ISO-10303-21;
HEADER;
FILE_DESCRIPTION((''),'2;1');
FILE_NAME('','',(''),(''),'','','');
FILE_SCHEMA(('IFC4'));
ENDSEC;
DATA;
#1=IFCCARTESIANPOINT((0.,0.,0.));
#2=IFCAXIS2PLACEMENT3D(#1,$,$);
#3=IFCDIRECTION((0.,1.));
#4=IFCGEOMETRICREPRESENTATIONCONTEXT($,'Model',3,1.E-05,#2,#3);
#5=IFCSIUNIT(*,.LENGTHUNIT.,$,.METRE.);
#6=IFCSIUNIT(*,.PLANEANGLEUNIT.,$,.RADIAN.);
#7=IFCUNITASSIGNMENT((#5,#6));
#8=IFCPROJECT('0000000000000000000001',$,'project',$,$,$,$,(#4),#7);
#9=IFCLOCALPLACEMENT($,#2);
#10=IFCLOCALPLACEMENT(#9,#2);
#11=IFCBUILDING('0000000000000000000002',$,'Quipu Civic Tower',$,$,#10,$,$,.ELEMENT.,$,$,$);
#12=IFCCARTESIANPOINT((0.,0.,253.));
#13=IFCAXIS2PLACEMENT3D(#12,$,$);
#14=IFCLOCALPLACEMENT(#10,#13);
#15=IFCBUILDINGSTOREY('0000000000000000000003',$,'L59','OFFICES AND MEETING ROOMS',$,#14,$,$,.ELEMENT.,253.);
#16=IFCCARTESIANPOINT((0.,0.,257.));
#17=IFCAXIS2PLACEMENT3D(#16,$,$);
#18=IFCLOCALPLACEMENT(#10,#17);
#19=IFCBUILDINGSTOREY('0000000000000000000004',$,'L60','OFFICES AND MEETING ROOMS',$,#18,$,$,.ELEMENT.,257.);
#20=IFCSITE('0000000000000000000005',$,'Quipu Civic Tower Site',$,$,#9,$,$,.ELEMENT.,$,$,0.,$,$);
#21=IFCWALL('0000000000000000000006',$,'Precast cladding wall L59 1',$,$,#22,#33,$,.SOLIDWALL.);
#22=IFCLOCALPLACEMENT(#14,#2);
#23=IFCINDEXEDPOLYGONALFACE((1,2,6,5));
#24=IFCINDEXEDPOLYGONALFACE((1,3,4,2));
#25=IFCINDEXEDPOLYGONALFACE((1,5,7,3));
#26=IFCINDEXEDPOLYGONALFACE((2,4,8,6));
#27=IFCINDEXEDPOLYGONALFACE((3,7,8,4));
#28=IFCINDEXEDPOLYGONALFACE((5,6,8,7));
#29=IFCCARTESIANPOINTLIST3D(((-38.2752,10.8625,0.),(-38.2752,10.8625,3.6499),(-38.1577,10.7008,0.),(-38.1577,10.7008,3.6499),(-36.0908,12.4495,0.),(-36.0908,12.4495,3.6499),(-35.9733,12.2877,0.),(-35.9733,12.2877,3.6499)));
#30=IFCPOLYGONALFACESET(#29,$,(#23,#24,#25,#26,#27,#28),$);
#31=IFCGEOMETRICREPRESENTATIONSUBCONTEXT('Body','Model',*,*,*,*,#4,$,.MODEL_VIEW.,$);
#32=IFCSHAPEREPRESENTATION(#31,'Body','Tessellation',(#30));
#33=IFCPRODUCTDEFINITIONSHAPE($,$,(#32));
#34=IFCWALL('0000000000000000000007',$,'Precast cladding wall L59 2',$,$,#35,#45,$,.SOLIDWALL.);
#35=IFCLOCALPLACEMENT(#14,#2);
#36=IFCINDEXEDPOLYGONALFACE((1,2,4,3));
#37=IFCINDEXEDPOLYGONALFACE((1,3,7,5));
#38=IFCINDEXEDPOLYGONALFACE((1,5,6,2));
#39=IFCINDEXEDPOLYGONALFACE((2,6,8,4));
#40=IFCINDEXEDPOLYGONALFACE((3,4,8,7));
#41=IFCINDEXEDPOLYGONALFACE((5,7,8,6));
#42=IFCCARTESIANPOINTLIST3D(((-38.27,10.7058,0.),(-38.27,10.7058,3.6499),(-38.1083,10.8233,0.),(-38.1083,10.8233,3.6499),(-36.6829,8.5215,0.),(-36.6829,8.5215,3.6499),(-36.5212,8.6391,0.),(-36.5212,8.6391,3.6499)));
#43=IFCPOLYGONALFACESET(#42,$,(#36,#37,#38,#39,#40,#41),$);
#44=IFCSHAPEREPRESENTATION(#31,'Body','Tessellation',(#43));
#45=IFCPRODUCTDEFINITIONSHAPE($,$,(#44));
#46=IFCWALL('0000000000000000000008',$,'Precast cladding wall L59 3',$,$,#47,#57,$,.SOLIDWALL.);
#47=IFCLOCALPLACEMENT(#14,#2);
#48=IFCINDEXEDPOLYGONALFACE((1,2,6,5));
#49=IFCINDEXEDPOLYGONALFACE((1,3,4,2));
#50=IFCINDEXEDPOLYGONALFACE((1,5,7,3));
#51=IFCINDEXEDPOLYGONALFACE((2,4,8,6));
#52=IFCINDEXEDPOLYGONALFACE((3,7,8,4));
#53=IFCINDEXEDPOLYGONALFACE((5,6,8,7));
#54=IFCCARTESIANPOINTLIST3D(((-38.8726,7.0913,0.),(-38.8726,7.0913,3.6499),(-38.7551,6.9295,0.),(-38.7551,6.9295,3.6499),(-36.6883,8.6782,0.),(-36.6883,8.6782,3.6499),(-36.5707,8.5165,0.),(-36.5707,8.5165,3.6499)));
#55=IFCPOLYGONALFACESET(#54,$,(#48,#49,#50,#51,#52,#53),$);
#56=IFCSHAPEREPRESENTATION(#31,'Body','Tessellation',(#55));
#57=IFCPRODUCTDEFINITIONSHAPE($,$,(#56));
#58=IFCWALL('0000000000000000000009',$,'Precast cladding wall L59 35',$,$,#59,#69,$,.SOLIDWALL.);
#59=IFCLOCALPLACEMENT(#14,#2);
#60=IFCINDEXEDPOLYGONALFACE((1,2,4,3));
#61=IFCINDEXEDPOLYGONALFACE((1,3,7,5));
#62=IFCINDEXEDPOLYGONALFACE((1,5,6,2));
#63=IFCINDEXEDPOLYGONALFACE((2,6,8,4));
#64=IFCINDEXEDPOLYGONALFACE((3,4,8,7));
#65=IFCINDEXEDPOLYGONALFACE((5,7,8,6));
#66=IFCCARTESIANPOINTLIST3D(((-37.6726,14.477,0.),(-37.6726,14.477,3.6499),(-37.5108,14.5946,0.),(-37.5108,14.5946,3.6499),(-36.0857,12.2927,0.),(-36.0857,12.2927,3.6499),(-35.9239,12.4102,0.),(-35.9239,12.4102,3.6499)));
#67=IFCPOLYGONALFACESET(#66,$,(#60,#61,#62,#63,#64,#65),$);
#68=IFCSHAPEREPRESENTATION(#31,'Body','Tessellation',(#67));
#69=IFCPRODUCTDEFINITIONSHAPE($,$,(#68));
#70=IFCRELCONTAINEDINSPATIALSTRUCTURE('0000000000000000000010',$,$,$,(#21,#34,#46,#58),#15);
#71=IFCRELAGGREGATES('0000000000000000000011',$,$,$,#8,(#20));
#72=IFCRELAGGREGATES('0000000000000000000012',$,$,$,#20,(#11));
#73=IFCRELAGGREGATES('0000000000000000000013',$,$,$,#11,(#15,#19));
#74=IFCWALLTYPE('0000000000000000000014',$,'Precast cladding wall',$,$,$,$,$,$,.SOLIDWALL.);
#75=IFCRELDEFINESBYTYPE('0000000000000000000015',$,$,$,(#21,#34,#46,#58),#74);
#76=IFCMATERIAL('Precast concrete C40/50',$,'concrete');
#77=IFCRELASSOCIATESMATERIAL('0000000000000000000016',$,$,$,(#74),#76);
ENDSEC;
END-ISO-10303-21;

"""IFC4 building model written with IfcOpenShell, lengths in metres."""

from ifc_helpers import new_model, si_unit, direction, frame, frame_2d, origin, place, context, subcontext, project, spatial, rectangle, extrude, material, type_object, element, save


model = new_model("IFC4")

# Units and contexts
model_context = context("Model", 3, precision=1e-05, world=origin(), true_north=direction((0.0, 1.0)))
body_context = subcontext(model_context, "Body", "Model", "MODEL_VIEW")
ifc_project = project(units=[si_unit("LENGTHUNIT", "METRE"), si_unit("PLANEANGLEUNIT", "RADIAN")], contexts=[model_context])

# Site, building, storey
site_placement = place(None, origin())
site = spatial("IfcSite", under=ifc_project, at=site_placement, Name="Quipu Civic Tower Site", CompositionType="ELEMENT", RefElevation=0.0)
building_placement = place(site_placement, origin())
building = spatial("IfcBuilding", under=site, at=building_placement, Name="Quipu Civic Tower", CompositionType="ELEMENT")
storey_1_placement = place(building_placement, frame((0.0, 0.0, 253.0)))
storey_1 = spatial("IfcBuildingStorey", under=building, at=storey_1_placement, Name="L59", Description="OFFICES AND MEETING ROOMS", CompositionType="ELEMENT", Elevation=253.0)

# Shared definitions
storey_2_placement = place(building_placement, frame((0.0, 0.0, 257.0)))
storey_2 = spatial("IfcBuildingStorey", under=building, at=storey_2_placement, Name="L60", Description="OFFICES AND MEETING ROOMS", CompositionType="ELEMENT", Elevation=257.0)

# Walls
ifc_material_1 = material(Name="Precast concrete C40/50", Category="concrete")
wall_type = type_object("IfcWallType", Name="Precast cladding wall", PredefinedType="SOLIDWALL", material=ifc_material_1)
for number, where, z_axis, x_axis, name in (
    (1, (-36.032, 12.3687, 0.0), (0.0, 0.0, 1.0), (-0.809033, -0.587763, 0.0), "Precast cladding wall L59 1"),
    (2, (-38.1892, 10.7646, 0.0), (0.0, 0.0, 1.0), (0.587822, -0.80899, 0.0), "Precast cladding wall L59 2"),
    (3, (-36.6294, 8.5974, 0.0), (0.0, 0.0, 1.0), (-0.809033, -0.587763, 0.0), "Precast cladding wall L59 3"),
    (4, (-37.5918, 14.5359, 0.0), (0.0, 0.0, 1.0), (0.587763, -0.809033, 0.0), "Precast cladding wall L59 35"),
):
    element("IfcWall", number, at=place(storey_1_placement, frame(where, z_axis=z_axis, x_axis=x_axis)), inside=storey_1, type_object=wall_type, Name=name, PredefinedType="SOLIDWALL", context=body_context, shape_type="SweptSolid", body=[
        extrude(rectangle(XDim=2.7, YDim=0.2, at=frame_2d((1.3501, 0.0))), origin(), (0.0, 0.0, 1.0), 3.6499),
    ])

save(model, "model.ifc")
